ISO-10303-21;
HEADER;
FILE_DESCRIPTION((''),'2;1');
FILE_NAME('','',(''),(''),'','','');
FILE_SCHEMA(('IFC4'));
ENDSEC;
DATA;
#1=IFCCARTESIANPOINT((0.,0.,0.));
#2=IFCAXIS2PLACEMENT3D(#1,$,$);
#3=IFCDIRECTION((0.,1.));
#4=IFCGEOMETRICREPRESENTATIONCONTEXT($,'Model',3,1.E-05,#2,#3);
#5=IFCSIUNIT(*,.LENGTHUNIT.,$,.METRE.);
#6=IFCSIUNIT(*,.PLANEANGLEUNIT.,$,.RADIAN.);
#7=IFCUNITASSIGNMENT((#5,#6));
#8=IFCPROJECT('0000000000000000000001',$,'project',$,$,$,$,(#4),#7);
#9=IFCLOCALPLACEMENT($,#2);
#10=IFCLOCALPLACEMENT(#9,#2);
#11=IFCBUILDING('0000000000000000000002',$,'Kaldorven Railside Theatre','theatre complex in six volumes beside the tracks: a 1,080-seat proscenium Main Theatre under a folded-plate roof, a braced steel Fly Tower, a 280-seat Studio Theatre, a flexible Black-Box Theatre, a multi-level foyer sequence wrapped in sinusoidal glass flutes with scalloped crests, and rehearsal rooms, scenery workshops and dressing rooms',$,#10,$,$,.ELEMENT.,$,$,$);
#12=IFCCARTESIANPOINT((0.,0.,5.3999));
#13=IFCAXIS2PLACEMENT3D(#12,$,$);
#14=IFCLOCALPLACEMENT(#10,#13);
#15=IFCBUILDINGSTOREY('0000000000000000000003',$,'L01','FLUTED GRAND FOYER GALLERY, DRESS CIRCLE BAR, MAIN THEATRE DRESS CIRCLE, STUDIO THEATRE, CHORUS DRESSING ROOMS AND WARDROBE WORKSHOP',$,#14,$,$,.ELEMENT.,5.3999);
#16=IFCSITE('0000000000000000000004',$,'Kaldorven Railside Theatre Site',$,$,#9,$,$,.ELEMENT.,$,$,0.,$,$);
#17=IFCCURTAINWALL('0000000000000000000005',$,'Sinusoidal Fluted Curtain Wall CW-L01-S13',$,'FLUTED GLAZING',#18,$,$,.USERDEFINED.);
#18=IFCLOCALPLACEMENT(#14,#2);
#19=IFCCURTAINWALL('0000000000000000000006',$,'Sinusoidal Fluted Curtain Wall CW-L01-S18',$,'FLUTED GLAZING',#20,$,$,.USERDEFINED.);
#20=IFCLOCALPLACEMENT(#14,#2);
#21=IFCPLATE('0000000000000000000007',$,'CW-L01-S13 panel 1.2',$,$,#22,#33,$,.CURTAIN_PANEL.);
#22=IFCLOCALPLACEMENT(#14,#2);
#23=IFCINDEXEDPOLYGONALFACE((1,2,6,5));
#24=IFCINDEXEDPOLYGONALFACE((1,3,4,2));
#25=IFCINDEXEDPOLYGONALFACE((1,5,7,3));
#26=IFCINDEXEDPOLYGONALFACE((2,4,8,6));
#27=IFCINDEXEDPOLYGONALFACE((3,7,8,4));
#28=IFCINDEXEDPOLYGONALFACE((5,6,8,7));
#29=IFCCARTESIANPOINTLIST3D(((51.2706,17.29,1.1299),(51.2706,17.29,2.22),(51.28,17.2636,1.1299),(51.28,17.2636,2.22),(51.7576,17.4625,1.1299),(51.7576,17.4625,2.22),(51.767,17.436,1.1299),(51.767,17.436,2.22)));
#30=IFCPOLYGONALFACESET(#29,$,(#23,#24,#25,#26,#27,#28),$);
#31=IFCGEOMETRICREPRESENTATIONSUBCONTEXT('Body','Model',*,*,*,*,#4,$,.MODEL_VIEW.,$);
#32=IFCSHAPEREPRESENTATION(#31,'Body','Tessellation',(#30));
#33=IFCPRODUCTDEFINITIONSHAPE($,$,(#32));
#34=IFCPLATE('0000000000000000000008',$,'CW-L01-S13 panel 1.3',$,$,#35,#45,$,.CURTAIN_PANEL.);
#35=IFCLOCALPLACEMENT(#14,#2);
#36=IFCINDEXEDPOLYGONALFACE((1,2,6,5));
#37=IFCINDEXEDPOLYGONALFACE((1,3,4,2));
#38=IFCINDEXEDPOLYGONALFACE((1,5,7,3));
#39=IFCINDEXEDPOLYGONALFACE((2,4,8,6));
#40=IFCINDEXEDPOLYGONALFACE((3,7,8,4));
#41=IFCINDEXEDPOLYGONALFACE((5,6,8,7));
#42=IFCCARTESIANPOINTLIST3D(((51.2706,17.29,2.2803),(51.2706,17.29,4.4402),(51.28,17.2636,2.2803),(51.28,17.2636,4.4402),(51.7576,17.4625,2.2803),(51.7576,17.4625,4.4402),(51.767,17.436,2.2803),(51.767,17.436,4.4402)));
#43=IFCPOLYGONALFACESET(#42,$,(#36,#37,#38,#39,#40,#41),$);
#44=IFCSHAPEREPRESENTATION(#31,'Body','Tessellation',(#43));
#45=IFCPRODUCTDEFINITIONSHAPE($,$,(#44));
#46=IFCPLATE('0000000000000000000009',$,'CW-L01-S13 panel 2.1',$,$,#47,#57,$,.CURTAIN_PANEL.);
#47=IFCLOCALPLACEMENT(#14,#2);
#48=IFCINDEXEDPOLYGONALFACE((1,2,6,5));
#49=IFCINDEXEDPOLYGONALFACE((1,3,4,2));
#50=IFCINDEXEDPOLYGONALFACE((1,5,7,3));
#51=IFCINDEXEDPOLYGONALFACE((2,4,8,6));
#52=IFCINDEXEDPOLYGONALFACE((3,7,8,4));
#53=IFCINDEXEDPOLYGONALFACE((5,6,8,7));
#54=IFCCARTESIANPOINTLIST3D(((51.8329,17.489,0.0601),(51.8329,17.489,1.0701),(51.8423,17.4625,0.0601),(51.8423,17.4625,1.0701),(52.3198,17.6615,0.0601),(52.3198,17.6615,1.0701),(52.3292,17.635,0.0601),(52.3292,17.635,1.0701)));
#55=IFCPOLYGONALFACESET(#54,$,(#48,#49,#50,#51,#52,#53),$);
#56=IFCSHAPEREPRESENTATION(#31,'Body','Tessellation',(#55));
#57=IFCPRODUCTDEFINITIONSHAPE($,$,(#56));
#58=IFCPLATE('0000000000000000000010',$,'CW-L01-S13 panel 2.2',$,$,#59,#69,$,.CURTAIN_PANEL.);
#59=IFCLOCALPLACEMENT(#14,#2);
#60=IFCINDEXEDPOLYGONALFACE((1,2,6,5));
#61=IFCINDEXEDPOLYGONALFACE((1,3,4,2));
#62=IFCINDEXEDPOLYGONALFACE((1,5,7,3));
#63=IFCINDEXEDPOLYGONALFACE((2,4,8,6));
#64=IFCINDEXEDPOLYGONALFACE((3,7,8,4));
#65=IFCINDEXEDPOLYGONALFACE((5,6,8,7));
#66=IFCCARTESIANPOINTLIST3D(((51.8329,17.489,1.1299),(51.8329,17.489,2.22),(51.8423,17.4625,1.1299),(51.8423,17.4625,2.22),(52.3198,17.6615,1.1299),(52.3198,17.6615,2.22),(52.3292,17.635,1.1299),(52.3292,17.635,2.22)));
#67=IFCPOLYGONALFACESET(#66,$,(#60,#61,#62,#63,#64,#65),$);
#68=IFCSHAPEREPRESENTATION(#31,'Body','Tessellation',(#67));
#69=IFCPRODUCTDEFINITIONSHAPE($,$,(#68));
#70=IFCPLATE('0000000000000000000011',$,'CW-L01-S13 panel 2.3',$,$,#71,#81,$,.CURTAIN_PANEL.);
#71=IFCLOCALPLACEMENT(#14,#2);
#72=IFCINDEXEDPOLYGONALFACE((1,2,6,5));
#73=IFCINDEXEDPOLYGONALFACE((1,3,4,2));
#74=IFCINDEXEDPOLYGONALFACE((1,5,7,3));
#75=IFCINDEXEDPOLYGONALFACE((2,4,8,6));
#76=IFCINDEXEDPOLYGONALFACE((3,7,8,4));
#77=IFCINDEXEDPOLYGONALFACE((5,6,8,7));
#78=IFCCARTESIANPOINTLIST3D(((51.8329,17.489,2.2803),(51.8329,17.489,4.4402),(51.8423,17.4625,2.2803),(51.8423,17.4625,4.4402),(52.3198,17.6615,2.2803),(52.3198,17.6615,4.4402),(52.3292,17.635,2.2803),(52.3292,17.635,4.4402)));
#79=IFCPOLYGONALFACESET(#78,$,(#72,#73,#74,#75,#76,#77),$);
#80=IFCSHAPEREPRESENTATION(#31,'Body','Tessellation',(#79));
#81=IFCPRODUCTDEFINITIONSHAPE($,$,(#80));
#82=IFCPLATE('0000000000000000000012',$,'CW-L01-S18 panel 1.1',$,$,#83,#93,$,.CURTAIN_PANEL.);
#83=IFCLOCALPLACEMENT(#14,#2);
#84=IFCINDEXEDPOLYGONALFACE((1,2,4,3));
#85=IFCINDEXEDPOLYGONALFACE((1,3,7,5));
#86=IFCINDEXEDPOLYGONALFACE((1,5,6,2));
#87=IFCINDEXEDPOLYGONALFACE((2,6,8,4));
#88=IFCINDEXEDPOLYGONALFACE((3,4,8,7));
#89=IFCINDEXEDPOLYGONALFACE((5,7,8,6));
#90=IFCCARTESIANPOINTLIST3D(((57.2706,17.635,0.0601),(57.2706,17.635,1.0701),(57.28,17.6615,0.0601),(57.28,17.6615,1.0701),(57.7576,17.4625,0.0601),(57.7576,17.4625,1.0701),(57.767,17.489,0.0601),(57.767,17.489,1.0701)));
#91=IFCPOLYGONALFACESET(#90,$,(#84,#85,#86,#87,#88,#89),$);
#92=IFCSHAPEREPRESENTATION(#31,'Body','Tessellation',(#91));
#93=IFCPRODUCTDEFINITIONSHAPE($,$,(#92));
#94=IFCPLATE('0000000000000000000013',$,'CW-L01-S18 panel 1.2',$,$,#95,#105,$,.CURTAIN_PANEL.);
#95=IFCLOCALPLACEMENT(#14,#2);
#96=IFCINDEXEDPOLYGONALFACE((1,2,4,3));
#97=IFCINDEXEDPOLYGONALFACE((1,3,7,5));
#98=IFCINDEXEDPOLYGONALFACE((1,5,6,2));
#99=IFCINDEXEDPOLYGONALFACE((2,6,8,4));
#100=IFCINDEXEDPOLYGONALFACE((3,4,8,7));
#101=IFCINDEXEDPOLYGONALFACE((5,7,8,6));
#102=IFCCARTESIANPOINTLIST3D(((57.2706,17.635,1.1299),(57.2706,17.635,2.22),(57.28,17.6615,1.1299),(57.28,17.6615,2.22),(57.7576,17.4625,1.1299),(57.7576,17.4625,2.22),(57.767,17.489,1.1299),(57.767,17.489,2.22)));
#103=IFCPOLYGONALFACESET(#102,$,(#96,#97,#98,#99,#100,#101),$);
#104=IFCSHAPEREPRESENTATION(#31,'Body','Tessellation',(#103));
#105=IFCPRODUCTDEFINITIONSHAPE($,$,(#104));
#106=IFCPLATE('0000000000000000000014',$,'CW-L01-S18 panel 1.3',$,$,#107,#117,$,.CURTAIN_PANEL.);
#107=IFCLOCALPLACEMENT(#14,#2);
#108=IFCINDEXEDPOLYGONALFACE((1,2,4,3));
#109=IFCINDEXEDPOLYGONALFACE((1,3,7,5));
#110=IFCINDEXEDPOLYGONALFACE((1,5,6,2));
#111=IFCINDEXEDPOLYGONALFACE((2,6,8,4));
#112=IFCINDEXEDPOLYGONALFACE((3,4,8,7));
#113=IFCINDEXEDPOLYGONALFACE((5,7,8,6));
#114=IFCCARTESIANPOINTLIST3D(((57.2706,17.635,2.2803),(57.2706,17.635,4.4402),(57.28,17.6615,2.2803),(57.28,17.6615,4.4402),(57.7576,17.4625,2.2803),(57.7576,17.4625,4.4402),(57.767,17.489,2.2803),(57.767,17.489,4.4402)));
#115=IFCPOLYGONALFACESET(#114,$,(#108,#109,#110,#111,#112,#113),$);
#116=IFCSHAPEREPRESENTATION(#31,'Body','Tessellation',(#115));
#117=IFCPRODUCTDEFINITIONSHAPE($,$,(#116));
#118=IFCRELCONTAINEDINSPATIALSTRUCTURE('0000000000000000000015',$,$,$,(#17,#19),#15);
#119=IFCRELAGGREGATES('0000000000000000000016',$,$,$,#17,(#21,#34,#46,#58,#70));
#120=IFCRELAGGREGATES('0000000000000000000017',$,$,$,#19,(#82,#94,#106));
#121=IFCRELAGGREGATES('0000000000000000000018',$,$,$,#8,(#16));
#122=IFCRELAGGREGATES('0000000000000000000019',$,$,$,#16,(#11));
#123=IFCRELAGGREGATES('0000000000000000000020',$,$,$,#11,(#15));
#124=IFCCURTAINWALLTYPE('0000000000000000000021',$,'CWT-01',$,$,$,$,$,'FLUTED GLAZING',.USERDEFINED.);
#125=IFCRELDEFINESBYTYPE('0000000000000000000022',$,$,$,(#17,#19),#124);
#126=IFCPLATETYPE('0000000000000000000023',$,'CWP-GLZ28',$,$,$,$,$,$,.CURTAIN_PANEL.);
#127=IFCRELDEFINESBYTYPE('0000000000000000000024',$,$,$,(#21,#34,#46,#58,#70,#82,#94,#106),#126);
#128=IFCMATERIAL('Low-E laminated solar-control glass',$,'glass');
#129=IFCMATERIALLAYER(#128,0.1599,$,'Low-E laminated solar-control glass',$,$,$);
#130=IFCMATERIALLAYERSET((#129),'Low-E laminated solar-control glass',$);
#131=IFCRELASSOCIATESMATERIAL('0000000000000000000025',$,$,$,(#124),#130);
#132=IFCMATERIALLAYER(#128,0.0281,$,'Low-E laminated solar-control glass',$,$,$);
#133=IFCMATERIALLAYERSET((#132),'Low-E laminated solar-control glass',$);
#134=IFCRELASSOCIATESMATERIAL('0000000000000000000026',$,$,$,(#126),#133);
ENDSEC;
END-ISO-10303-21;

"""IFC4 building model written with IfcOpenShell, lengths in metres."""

from ifc_helpers import new_model, si_unit, direction, frame, origin, origin_2d, place, context, subcontext, project, spatial, rectangle, extrude, material, layer, layer_set, type_object, element, aggregate, save


model = new_model("IFC4")

# Units and contexts
model_context = context("Model", 3, precision=1e-05, world=origin(), true_north=direction((0.0, 1.0)))
body_context = subcontext(model_context, "Body", "Model", "MODEL_VIEW")
ifc_project = project(units=[si_unit("LENGTHUNIT", "METRE"), si_unit("PLANEANGLEUNIT", "RADIAN")], contexts=[model_context])

# Site, building, storey
site_placement = place(None, origin())
site = spatial("IfcSite", under=ifc_project, at=site_placement, Name="Kaldorven Railside Theatre Site", CompositionType="ELEMENT", RefElevation=0.0)
building_placement = place(site_placement, origin())
building = spatial("IfcBuilding", under=site, at=building_placement, Name="Kaldorven Railside Theatre", Description="theatre complex in six volumes beside the tracks: a 1,080-seat proscenium Main Theatre under a folded-plate roof, a braced steel Fly Tower, a 280-seat Studio Theatre, a flexible Black-Box Theatre, a multi-level foyer sequence wrapped in sinusoidal glass flutes with scalloped crests, and rehearsal rooms, scenery workshops and dressing rooms", CompositionType="ELEMENT")
storey_placement = place(building_placement, frame((0.0, 0.0, 5.3999)))
storey = spatial("IfcBuildingStorey", under=building, at=storey_placement, Name="L01", Description="FLUTED GRAND FOYER GALLERY, DRESS CIRCLE BAR, MAIN THEATRE DRESS CIRCLE, STUDIO THEATRE, CHORUS DRESSING ROOMS AND WARDROBE WORKSHOP", CompositionType="ELEMENT", Elevation=5.3999)

# Curtain wall
ifc_material_1 = material(Name="Low-E laminated solar-control glass", Category="glass")
ifc_layer_1 = layer(ifc_material_1, 0.1599, Name="Low-E laminated solar-control glass")
ifc_layer_set_1 = layer_set([ifc_layer_1], Name="Low-E laminated solar-control glass")
curtain_wall_type = type_object("IfcCurtainWallType", Name="CWT-01", ElementType="FLUTED GLAZING", PredefinedType="USERDEFINED", material=ifc_layer_set_1)
curtain_wall_1_placement = place(storey_placement, origin())
curtain_wall_1 = element("IfcCurtainWall", 1, at=curtain_wall_1_placement, inside=storey, type_object=curtain_wall_type, Name="Sinusoidal Fluted Curtain Wall CW-L01-S13", ObjectType="FLUTED GLAZING", PredefinedType="USERDEFINED")

# Curtain wall
curtain_wall_2_placement = place(storey_placement, origin())
curtain_wall_2 = element("IfcCurtainWall", 2, at=curtain_wall_2_placement, inside=storey, type_object=curtain_wall_type, Name="Sinusoidal Fluted Curtain Wall CW-L01-S18", ObjectType="FLUTED GLAZING", PredefinedType="USERDEFINED")

# Plates
ifc_layer_2 = layer(ifc_material_1, 0.0281, Name="Low-E laminated solar-control glass")
ifc_layer_set_2 = layer_set([ifc_layer_2], Name="Low-E laminated solar-control glass")
plate_type = type_object("IfcPlateType", Name="CWP-GLZ28", PredefinedType="CURTAIN_PANEL", material=ifc_layer_set_2)
plate_1_placement = place(storey_placement, frame((51.5188, 17.363, 1.1299), z_axis=(0.0, 0.0, 1.0), x_axis=(0.942627, 0.333847, 0.0)))
plate_1 = element("IfcPlate", 3, at=plate_1_placement, type_object=plate_type, Name="CW-L01-S13 panel 1.2", PredefinedType="CURTAIN_PANEL", context=body_context, shape_type="SweptSolid", body=[
    extrude(rectangle(XDim=0.5166, YDim=0.0281, at=origin_2d()), origin(), (0.0, 0.0, 1.0), 1.0901),
])
plate_2_placement = place(storey_placement, frame((51.5188, 17.363, 2.2803), z_axis=(0.0, 0.0, 1.0), x_axis=(0.942627, 0.333847, 0.0)))
plate_2 = element("IfcPlate", 4, at=plate_2_placement, type_object=plate_type, Name="CW-L01-S13 panel 1.3", PredefinedType="CURTAIN_PANEL", context=body_context, shape_type="SweptSolid", body=[
    extrude(rectangle(XDim=0.5166, YDim=0.0281, at=origin_2d()), origin(), (0.0, 0.0, 1.0), 2.1599),
])
plate_3_placement = place(storey_placement, frame((52.0811, 17.562, 0.0601), z_axis=(0.0, 0.0, 1.0), x_axis=(0.942627, 0.333847, 0.0)))
plate_3 = element("IfcPlate", 5, at=plate_3_placement, type_object=plate_type, Name="CW-L01-S13 panel 2.1", PredefinedType="CURTAIN_PANEL", context=body_context, shape_type="SweptSolid", body=[
    extrude(rectangle(XDim=0.5166, YDim=0.0281, at=origin_2d()), origin(), (0.0, 0.0, 1.0), 1.01),
])
plate_4_placement = place(storey_placement, frame((52.0811, 17.562, 1.1299), z_axis=(0.0, 0.0, 1.0), x_axis=(0.942627, 0.333847, 0.0)))
plate_4 = element("IfcPlate", 6, at=plate_4_placement, type_object=plate_type, Name="CW-L01-S13 panel 2.2", PredefinedType="CURTAIN_PANEL", context=body_context, shape_type="SweptSolid", body=[
    extrude(rectangle(XDim=0.5166, YDim=0.0281, at=origin_2d()), origin(), (0.0, 0.0, 1.0), 1.0901),
])
plate_5_placement = place(storey_placement, frame((52.0811, 17.562, 2.2803), z_axis=(0.0, 0.0, 1.0), x_axis=(0.942627, 0.333847, 0.0)))
plate_5 = element("IfcPlate", 7, at=plate_5_placement, type_object=plate_type, Name="CW-L01-S13 panel 2.3", PredefinedType="CURTAIN_PANEL", context=body_context, shape_type="SweptSolid", body=[
    extrude(rectangle(XDim=0.5166, YDim=0.0281, at=origin_2d()), origin(), (0.0, 0.0, 1.0), 2.1599),
])
aggregate(curtain_wall_1, [plate_1, plate_2, plate_3, plate_4, plate_5])
plate_6_placement = place(storey_placement, frame((57.5188, 17.562, 0.0601), z_axis=(0.0, 0.0, 1.0), x_axis=(0.942627, -0.333847, 0.0)))
plate_6 = element("IfcPlate", 8, at=plate_6_placement, type_object=plate_type, Name="CW-L01-S18 panel 1.1", PredefinedType="CURTAIN_PANEL", context=body_context, shape_type="SweptSolid", body=[
    extrude(rectangle(XDim=0.5166, YDim=0.0281, at=origin_2d()), origin(), (0.0, 0.0, 1.0), 1.01),
])
plate_7_placement = place(storey_placement, frame((57.5188, 17.562, 1.1299), z_axis=(0.0, 0.0, 1.0), x_axis=(0.942627, -0.333847, 0.0)))
plate_7 = element("IfcPlate", 9, at=plate_7_placement, type_object=plate_type, Name="CW-L01-S18 panel 1.2", PredefinedType="CURTAIN_PANEL", context=body_context, shape_type="SweptSolid", body=[
    extrude(rectangle(XDim=0.5166, YDim=0.0281, at=origin_2d()), origin(), (0.0, 0.0, 1.0), 1.0901),
])
plate_8_placement = place(storey_placement, frame((57.5188, 17.562, 2.2803), z_axis=(0.0, 0.0, 1.0), x_axis=(0.942627, -0.333847, 0.0)))
plate_8 = element("IfcPlate", 10, at=plate_8_placement, type_object=plate_type, Name="CW-L01-S18 panel 1.3", PredefinedType="CURTAIN_PANEL", context=body_context, shape_type="SweptSolid", body=[
    extrude(rectangle(XDim=0.5166, YDim=0.0281, at=origin_2d()), origin(), (0.0, 0.0, 1.0), 2.1599),
])
aggregate(curtain_wall_2, [plate_6, plate_7, plate_8])

save(model, "model.ifc")
